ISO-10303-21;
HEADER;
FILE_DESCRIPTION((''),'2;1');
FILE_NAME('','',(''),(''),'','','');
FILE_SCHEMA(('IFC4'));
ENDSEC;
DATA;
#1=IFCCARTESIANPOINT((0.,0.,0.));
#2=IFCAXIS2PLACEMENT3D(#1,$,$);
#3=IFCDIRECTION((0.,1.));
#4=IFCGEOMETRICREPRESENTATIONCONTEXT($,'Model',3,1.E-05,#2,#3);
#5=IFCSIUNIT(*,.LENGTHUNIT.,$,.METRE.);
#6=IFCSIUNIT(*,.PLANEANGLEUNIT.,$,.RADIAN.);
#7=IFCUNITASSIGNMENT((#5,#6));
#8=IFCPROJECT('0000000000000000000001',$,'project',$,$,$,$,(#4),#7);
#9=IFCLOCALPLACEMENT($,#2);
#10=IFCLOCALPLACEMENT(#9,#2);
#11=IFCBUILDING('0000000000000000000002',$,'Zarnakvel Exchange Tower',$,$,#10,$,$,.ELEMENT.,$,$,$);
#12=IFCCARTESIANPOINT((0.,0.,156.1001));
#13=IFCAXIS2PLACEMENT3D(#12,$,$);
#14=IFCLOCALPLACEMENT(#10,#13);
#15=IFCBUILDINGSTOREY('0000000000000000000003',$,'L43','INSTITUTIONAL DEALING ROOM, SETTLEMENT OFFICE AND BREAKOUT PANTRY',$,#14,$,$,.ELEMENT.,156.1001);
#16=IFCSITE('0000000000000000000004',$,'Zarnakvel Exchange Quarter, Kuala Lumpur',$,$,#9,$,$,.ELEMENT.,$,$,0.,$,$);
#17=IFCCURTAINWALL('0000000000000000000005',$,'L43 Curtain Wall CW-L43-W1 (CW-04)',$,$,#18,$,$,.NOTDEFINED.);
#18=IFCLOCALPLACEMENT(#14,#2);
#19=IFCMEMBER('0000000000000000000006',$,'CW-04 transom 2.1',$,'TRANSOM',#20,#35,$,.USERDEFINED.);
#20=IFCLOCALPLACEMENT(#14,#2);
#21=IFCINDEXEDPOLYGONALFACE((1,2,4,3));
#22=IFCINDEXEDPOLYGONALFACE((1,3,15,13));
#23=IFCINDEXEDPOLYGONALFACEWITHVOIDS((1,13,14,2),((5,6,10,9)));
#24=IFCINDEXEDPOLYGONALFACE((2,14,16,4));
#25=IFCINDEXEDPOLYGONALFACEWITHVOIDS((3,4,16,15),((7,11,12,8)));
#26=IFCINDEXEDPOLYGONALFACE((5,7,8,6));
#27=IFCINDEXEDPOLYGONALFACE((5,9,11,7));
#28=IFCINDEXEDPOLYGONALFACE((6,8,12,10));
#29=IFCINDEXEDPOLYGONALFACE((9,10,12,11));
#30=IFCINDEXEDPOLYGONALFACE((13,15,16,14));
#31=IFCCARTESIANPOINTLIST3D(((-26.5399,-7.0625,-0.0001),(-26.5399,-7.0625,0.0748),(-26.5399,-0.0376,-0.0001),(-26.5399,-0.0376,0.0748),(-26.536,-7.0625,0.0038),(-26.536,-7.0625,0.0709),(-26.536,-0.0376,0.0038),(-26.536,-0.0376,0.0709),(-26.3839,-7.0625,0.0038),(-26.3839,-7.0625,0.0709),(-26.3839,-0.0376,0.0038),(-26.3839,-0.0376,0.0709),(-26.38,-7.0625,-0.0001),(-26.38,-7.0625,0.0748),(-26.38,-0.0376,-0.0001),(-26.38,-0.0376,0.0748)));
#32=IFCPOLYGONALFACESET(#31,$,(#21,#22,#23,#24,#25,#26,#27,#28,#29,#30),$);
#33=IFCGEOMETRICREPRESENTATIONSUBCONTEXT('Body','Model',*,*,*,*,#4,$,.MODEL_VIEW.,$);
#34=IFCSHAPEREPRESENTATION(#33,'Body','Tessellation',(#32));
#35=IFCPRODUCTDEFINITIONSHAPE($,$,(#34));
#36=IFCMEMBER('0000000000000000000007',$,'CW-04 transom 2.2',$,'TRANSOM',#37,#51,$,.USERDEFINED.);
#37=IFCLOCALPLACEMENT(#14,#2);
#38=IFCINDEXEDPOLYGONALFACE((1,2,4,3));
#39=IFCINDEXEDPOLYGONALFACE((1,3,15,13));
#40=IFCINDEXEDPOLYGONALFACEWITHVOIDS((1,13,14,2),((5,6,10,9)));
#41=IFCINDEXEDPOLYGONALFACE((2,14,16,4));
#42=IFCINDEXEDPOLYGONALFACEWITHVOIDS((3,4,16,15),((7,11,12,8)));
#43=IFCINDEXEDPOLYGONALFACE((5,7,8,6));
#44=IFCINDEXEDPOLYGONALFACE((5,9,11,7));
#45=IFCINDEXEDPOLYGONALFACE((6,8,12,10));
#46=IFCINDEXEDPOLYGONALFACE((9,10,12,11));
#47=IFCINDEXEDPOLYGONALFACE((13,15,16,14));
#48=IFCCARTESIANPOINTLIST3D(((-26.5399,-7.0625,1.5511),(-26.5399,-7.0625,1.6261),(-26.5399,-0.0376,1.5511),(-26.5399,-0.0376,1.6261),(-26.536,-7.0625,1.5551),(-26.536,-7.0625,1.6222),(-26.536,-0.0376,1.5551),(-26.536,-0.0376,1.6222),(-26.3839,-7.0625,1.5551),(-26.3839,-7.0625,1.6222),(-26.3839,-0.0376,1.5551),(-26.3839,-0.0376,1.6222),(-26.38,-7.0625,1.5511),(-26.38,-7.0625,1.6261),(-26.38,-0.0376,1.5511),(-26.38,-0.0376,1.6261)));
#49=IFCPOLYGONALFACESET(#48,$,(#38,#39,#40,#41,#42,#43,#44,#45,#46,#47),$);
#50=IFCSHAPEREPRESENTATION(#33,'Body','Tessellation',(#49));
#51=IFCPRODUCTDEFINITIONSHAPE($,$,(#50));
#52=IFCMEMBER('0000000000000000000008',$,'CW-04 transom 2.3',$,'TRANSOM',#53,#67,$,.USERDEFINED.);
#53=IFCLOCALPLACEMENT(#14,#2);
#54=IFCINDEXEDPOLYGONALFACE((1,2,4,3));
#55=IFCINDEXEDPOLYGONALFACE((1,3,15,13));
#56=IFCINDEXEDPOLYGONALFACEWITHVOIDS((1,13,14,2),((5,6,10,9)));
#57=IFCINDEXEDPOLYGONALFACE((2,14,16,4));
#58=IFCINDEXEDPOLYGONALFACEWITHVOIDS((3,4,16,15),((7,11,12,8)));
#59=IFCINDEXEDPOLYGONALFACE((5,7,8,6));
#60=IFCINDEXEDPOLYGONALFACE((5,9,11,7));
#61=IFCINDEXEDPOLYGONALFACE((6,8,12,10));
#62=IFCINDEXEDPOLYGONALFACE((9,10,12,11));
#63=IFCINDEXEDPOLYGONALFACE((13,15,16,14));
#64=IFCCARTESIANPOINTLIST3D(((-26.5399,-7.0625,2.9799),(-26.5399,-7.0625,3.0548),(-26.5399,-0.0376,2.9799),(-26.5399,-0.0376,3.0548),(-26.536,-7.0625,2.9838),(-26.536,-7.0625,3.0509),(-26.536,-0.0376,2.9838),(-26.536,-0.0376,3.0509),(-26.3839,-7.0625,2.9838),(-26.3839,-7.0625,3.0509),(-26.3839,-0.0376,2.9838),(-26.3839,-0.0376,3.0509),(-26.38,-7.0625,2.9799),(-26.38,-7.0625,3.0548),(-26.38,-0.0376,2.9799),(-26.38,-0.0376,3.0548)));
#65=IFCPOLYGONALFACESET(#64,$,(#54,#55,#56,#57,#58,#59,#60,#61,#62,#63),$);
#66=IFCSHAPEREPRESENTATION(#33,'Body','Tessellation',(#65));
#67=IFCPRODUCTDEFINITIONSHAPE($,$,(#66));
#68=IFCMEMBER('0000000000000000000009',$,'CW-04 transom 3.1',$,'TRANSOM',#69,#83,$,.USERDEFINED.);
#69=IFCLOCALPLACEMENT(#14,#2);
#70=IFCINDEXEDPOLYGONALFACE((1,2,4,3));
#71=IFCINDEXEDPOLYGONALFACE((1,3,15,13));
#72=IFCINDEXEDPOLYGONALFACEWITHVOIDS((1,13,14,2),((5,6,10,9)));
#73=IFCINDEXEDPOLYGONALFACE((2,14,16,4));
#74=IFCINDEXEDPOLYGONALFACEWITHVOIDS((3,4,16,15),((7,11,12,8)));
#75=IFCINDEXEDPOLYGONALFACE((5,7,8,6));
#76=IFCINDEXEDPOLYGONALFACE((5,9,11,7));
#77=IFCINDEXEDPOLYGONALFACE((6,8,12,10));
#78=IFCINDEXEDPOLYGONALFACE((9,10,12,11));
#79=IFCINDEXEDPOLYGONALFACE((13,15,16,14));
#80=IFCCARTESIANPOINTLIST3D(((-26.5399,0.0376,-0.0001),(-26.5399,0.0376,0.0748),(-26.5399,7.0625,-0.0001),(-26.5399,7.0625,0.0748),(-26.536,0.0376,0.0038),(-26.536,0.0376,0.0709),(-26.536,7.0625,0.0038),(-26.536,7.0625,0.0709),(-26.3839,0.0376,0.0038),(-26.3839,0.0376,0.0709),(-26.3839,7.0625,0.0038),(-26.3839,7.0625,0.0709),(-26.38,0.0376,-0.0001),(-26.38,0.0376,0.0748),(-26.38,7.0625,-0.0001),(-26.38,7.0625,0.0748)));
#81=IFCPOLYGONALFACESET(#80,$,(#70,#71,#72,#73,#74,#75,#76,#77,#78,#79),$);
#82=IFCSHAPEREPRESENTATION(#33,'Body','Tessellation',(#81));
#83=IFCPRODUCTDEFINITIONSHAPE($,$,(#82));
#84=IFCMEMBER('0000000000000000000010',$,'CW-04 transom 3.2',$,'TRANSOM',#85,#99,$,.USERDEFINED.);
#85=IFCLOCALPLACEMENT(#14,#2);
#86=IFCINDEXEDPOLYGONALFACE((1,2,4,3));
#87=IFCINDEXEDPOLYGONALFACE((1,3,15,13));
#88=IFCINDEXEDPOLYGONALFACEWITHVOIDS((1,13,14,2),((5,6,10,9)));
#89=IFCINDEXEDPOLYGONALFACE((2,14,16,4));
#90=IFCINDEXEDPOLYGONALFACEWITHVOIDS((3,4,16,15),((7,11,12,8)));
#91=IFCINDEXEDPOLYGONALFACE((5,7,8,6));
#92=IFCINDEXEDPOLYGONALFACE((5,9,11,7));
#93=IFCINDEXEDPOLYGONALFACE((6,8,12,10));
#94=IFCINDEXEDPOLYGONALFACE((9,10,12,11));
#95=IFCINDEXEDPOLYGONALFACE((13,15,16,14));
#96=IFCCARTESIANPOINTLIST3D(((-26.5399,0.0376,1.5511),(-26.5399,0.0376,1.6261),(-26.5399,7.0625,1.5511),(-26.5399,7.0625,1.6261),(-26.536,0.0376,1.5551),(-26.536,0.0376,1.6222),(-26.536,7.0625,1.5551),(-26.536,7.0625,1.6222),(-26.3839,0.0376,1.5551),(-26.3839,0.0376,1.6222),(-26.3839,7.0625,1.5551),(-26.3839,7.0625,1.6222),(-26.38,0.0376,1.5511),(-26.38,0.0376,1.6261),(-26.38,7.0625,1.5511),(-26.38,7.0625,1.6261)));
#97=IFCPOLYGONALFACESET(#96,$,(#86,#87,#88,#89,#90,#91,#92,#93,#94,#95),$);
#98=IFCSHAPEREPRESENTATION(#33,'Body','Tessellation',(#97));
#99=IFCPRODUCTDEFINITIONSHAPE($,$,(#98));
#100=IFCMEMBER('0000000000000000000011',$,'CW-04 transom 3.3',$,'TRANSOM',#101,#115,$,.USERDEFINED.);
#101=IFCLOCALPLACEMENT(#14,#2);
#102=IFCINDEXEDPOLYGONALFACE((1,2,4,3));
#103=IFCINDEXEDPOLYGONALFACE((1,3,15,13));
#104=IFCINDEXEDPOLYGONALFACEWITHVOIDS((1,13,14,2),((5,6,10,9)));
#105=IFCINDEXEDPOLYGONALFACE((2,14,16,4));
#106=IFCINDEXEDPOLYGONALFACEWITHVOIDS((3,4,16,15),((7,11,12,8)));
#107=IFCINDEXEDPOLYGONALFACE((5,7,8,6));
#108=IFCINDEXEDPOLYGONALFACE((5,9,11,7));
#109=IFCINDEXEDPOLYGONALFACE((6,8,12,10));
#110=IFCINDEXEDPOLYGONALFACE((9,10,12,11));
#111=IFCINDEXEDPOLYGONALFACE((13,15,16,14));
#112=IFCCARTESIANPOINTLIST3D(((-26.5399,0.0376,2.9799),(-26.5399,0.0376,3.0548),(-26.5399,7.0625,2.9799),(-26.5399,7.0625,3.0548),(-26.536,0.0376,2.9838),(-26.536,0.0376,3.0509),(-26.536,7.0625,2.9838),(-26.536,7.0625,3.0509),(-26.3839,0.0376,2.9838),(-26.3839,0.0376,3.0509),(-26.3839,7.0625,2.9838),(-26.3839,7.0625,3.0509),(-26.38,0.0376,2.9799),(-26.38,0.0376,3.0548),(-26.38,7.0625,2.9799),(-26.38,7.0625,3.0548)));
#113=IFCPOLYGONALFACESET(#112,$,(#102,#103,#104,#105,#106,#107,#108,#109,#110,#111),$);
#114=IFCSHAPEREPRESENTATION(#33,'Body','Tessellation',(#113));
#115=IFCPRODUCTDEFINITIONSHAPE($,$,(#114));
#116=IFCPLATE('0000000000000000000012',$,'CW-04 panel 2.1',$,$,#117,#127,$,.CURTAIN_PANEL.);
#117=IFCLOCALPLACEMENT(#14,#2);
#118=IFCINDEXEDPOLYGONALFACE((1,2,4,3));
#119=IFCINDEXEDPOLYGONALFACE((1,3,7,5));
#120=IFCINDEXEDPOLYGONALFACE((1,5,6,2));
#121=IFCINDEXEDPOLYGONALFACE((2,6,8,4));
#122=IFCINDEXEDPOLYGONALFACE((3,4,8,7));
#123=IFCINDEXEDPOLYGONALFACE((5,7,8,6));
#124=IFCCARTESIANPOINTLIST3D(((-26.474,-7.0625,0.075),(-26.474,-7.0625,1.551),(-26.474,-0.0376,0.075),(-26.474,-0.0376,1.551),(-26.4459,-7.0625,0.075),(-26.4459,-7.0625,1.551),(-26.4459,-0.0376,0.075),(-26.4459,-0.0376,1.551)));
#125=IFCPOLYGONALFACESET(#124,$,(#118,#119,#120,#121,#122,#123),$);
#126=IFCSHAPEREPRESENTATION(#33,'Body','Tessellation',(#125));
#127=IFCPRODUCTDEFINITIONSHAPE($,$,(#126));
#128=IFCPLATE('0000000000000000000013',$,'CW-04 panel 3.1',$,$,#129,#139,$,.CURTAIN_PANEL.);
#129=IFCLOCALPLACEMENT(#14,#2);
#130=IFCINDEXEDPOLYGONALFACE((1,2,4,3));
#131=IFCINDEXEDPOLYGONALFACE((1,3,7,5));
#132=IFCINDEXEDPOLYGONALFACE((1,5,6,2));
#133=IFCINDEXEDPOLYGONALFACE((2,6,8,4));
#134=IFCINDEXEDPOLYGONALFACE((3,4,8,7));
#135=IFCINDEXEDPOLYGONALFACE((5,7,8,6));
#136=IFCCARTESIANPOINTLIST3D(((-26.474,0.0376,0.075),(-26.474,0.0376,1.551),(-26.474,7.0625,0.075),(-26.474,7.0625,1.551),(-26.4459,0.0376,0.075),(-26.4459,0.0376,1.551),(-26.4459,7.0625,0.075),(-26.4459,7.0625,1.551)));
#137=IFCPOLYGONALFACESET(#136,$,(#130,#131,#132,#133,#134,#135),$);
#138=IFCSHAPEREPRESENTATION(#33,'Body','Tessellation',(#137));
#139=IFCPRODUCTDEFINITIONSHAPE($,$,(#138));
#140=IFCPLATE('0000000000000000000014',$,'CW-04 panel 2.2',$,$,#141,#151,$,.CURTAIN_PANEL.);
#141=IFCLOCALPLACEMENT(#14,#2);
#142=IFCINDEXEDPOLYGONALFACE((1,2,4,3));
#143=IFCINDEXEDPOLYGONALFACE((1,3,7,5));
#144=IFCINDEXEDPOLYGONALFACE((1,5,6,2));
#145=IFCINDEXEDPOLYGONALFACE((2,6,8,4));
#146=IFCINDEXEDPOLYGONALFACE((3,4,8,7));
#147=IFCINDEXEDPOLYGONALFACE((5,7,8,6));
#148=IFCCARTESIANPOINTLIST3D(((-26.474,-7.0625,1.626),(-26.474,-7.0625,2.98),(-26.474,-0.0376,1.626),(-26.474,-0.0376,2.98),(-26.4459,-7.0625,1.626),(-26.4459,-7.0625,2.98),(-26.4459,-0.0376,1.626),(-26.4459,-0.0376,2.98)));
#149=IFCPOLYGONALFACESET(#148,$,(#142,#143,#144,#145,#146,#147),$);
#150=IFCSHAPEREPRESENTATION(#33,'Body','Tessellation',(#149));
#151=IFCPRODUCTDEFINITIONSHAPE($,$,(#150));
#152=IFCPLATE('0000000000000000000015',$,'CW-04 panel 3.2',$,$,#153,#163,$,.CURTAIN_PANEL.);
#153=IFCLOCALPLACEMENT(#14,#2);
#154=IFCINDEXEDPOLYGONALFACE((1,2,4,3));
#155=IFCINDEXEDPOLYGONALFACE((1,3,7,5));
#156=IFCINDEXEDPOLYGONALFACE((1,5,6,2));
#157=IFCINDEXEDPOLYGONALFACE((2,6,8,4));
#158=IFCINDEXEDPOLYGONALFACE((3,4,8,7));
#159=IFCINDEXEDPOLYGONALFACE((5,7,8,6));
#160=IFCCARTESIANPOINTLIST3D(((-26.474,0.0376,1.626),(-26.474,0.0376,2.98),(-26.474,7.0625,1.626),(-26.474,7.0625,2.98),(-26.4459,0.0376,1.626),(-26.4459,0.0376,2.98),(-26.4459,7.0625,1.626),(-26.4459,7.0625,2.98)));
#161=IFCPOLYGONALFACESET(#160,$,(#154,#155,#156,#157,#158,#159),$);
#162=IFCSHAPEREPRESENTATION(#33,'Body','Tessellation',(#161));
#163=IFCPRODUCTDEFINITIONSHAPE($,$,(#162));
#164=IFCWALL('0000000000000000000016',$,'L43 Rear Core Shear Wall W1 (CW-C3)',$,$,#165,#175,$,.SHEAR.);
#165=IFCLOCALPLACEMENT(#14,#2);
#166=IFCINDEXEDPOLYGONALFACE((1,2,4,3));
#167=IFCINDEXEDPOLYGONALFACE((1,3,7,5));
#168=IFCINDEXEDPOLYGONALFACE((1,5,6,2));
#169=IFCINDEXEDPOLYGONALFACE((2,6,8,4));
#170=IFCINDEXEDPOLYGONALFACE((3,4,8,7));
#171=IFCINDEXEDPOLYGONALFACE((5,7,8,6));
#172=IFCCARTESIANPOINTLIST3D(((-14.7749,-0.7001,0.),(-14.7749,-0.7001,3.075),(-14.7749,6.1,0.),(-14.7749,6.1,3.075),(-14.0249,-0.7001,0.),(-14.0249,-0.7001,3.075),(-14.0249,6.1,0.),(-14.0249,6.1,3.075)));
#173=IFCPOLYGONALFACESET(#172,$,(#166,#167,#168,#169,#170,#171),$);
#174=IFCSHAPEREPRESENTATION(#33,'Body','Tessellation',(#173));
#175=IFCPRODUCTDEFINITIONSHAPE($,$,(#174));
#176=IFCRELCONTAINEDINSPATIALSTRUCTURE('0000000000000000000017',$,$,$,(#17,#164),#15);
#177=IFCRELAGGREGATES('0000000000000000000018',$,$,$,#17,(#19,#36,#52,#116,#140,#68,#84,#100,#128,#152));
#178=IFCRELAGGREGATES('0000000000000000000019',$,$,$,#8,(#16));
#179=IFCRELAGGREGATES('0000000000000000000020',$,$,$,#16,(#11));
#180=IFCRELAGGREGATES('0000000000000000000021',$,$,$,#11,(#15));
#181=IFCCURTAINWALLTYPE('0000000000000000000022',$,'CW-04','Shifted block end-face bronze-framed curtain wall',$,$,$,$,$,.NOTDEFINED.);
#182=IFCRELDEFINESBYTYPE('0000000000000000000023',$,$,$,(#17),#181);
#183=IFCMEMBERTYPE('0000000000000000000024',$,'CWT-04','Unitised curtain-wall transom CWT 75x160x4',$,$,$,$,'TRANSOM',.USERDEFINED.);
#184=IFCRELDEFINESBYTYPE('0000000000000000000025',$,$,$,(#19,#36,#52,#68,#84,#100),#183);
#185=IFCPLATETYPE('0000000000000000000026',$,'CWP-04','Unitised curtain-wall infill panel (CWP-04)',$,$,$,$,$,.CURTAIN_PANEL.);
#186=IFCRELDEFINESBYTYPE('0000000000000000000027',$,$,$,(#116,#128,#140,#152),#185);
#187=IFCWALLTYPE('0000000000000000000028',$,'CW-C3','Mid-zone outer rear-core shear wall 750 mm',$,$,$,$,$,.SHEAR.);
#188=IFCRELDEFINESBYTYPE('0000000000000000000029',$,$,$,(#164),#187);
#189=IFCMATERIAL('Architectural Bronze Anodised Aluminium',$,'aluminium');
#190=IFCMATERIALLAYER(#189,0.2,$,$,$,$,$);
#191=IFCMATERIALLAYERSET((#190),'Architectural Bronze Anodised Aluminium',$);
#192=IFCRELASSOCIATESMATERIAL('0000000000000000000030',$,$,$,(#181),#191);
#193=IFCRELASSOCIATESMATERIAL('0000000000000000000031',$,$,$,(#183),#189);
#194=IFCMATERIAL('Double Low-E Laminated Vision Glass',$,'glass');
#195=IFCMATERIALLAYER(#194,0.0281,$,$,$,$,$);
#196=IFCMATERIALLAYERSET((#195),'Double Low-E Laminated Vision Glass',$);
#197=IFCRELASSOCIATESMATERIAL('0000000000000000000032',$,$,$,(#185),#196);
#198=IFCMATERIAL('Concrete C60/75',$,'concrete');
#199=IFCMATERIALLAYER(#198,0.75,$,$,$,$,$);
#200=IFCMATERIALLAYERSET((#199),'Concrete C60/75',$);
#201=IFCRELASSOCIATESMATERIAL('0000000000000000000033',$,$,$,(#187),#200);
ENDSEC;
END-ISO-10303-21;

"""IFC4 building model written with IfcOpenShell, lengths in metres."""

from ifc_helpers import new_model, si_unit, direction, frame, frame_2d, origin, origin_2d, place, context, subcontext, project, spatial, rectangle, hollow_rectangle, extrude, source, transform, mapped, material, layer, layer_set, material_profile, profile_set, type_object, element, aggregate, save


model = new_model("IFC4")

# Units and contexts
model_context = context("Model", 3, precision=1e-05, world=origin(), true_north=direction((0.0, 1.0)))
body_context = subcontext(model_context, "Body", "Model", "MODEL_VIEW")
ifc_project = project(units=[si_unit("LENGTHUNIT", "METRE"), si_unit("PLANEANGLEUNIT", "RADIAN")], contexts=[model_context])

# Site, building, storey
site_placement = place(None, origin())
site = spatial("IfcSite", under=ifc_project, at=site_placement, Name="Zarnakvel Exchange Quarter, Kuala Lumpur", CompositionType="ELEMENT", RefElevation=0.0)
building_placement = place(site_placement, origin())
building = spatial("IfcBuilding", under=site, at=building_placement, Name="Zarnakvel Exchange Tower", CompositionType="ELEMENT")
storey_placement = place(building_placement, frame((0.0, 0.0, 156.1001)))
storey = spatial("IfcBuildingStorey", under=building, at=storey_placement, Name="L43", Description="INSTITUTIONAL DEALING ROOM, SETTLEMENT OFFICE AND BREAKOUT PANTRY", CompositionType="ELEMENT", Elevation=156.1001)

# Shared definitions
ifc_material_1 = material(Name="Concrete C60/75", Category="concrete")

# Curtain wall, members, plates
ifc_material_2 = material(Name="Architectural Bronze Anodised Aluminium", Category="aluminium")
ifc_layer_1 = layer(ifc_material_2, 0.2)
ifc_layer_set_1 = layer_set([ifc_layer_1], Name="Architectural Bronze Anodised Aluminium")
curtain_wall_type = type_object("IfcCurtainWallType", Name="CW-04", Description="Shifted block end-face bronze-framed curtain wall", PredefinedType="NOTDEFINED", material=ifc_layer_set_1)
curtain_wall_placement = place(storey_placement, origin())
curtain_wall = element("IfcCurtainWall", 1, at=curtain_wall_placement, inside=storey, type_object=curtain_wall_type, Name="L43 Curtain Wall CW-L43-W1 (CW-04)", PredefinedType="NOTDEFINED")
ifc_material_profile_1 = material_profile(ifc_material_2, hollow_rectangle(XDim=0.1599, YDim=0.075, WallThickness=0.0039, at=origin_2d()))
ifc_profile_set_1 = profile_set([ifc_material_profile_1], Name="Architectural Bronze Anodised Aluminium")
member_type_1 = type_object("IfcMemberType", Name="CWT-04", Description="Unitised curtain-wall transom CWT 75x160x4", ElementType="TRANSOM", PredefinedType="USERDEFINED", material=ifc_profile_set_1)
shared_shape_1 = source(origin(), body_context, "Body", "SweptSolid", [
    extrude(hollow_rectangle(XDim=0.1599, YDim=0.075, WallThickness=0.0039, at=origin_2d()), origin(), (0.0, 0.0, 1.0), 7.0249),
])
member_1_placement = place(storey_placement, frame((-26.46, -7.0625, 0.0374), z_axis=(0.0, 1.0, 0.0), x_axis=(-1.0, 0.0, 0.0)))
member_1 = element("IfcMember", 2, at=member_1_placement, type_object=member_type_1, Name="CW-04 transom 2.1", ObjectType="TRANSOM", PredefinedType="USERDEFINED", context=body_context, shape_type="MappedRepresentation", body=[
    mapped(shared_shape_1, transform((0.0, 0.0, 0.0), x_axis=(1.0, 0.0, 0.0), y_axis=(0.0, 1.0, 0.0), z_axis=(0.0, 0.0, 1.0), scale=1.0)),
])
member_2_placement = place(storey_placement, frame((-26.46, -7.0625, 1.5886), z_axis=(0.0, 1.0, 0.0), x_axis=(-1.0, 0.0, 0.0)))
member_2 = element("IfcMember", 3, at=member_2_placement, type_object=member_type_1, Name="CW-04 transom 2.2", ObjectType="TRANSOM", PredefinedType="USERDEFINED", context=body_context, shape_type="MappedRepresentation", body=[
    mapped(shared_shape_1, transform((0.0, 0.0, 0.0), x_axis=(1.0, 0.0, 0.0), y_axis=(0.0, 1.0, 0.0), z_axis=(0.0, 0.0, 1.0), scale=1.0)),
])
member_3_placement = place(storey_placement, frame((-26.46, -7.0625, 3.0173), z_axis=(0.0, 1.0, 0.0), x_axis=(-1.0, 0.0, 0.0)))
member_3 = element("IfcMember", 4, at=member_3_placement, type_object=member_type_1, Name="CW-04 transom 2.3", ObjectType="TRANSOM", PredefinedType="USERDEFINED", context=body_context, shape_type="MappedRepresentation", body=[
    mapped(shared_shape_1, transform((0.0, 0.0, 0.0), x_axis=(1.0, 0.0, 0.0), y_axis=(0.0, 1.0, 0.0), z_axis=(0.0, 0.0, 1.0), scale=1.0)),
])
member_4_placement = place(storey_placement, frame((-26.46, 0.0376, 0.0374), z_axis=(0.0, 1.0, 0.0), x_axis=(-1.0, 0.0, 0.0)))
member_4 = element("IfcMember", 5, at=member_4_placement, type_object=member_type_1, Name="CW-04 transom 3.1", ObjectType="TRANSOM", PredefinedType="USERDEFINED", context=body_context, shape_type="MappedRepresentation", body=[
    mapped(shared_shape_1, transform((0.0, 0.0, 0.0), x_axis=(1.0, 0.0, 0.0), y_axis=(0.0, 1.0, 0.0), z_axis=(0.0, 0.0, 1.0), scale=1.0)),
])
member_5_placement = place(storey_placement, frame((-26.46, 0.0376, 1.5886), z_axis=(0.0, 1.0, 0.0), x_axis=(-1.0, 0.0, 0.0)))
member_5 = element("IfcMember", 6, at=member_5_placement, type_object=member_type_1, Name="CW-04 transom 3.2", ObjectType="TRANSOM", PredefinedType="USERDEFINED", context=body_context, shape_type="MappedRepresentation", body=[
    mapped(shared_shape_1, transform((0.0, 0.0, 0.0), x_axis=(1.0, 0.0, 0.0), y_axis=(0.0, 1.0, 0.0), z_axis=(0.0, 0.0, 1.0), scale=1.0)),
])
member_6_placement = place(storey_placement, frame((-26.46, 0.0376, 3.0173), z_axis=(0.0, 1.0, 0.0), x_axis=(-1.0, 0.0, 0.0)))
member_6 = element("IfcMember", 7, at=member_6_placement, type_object=member_type_1, Name="CW-04 transom 3.3", ObjectType="TRANSOM", PredefinedType="USERDEFINED", context=body_context, shape_type="MappedRepresentation", body=[
    mapped(shared_shape_1, transform((0.0, 0.0, 0.0), x_axis=(1.0, 0.0, 0.0), y_axis=(0.0, 1.0, 0.0), z_axis=(0.0, 0.0, 1.0), scale=1.0)),
])
ifc_material_3 = material(Name="Double Low-E Laminated Vision Glass", Category="glass")
ifc_layer_2 = layer(ifc_material_3, 0.0281)
ifc_layer_set_2 = layer_set([ifc_layer_2], Name="Double Low-E Laminated Vision Glass")
plate_type = type_object("IfcPlateType", Name="CWP-04", Description="Unitised curtain-wall infill panel (CWP-04)", PredefinedType="CURTAIN_PANEL", material=ifc_layer_set_2)
shared_shape_2 = source(origin(), body_context, "Body", "SweptSolid", [
    extrude(rectangle(XDim=7.0249, YDim=0.0281, at=origin_2d()), origin(), (0.0, 0.0, 1.0), 1.4761),
])
plate_1_placement = place(storey_placement, frame((-26.46, -3.55, 0.075), z_axis=(0.0, 0.0, 1.0), x_axis=(0.0, 1.0, 0.0)))
plate_1 = element("IfcPlate", 8, at=plate_1_placement, type_object=plate_type, Name="CW-04 panel 2.1", PredefinedType="CURTAIN_PANEL", context=body_context, shape_type="MappedRepresentation", body=[
    mapped(shared_shape_2, transform((0.0, 0.0, 0.0), x_axis=(1.0, 0.0, 0.0), y_axis=(0.0, 1.0, 0.0), z_axis=(0.0, 0.0, 1.0), scale=1.0)),
])
plate_2_placement = place(storey_placement, frame((-26.46, 3.55, 0.075), z_axis=(0.0, 0.0, 1.0), x_axis=(0.0, 1.0, 0.0)))
plate_2 = element("IfcPlate", 9, at=plate_2_placement, type_object=plate_type, Name="CW-04 panel 3.1", PredefinedType="CURTAIN_PANEL", context=body_context, shape_type="MappedRepresentation", body=[
    mapped(shared_shape_2, transform((0.0, 0.0, 0.0), x_axis=(1.0, 0.0, 0.0), y_axis=(0.0, 1.0, 0.0), z_axis=(0.0, 0.0, 1.0), scale=1.0)),
])
shared_shape_3 = source(origin(), body_context, "Body", "SweptSolid", [
    extrude(rectangle(XDim=7.0249, YDim=0.0281, at=origin_2d()), origin(), (0.0, 0.0, 1.0), 1.354),
])
plate_3_placement = place(storey_placement, frame((-26.46, -3.55, 1.626), z_axis=(0.0, 0.0, 1.0), x_axis=(0.0, 1.0, 0.0)))
plate_3 = element("IfcPlate", 10, at=plate_3_placement, type_object=plate_type, Name="CW-04 panel 2.2", PredefinedType="CURTAIN_PANEL", context=body_context, shape_type="MappedRepresentation", body=[
    mapped(shared_shape_3, transform((0.0, 0.0, 0.0), x_axis=(1.0, 0.0, 0.0), y_axis=(0.0, 1.0, 0.0), z_axis=(0.0, 0.0, 1.0), scale=1.0)),
])
plate_4_placement = place(storey_placement, frame((-26.46, 3.55, 1.626), z_axis=(0.0, 0.0, 1.0), x_axis=(0.0, 1.0, 0.0)))
plate_4 = element("IfcPlate", 11, at=plate_4_placement, type_object=plate_type, Name="CW-04 panel 3.2", PredefinedType="CURTAIN_PANEL", context=body_context, shape_type="MappedRepresentation", body=[
    mapped(shared_shape_3, transform((0.0, 0.0, 0.0), x_axis=(1.0, 0.0, 0.0), y_axis=(0.0, 1.0, 0.0), z_axis=(0.0, 0.0, 1.0), scale=1.0)),
])
aggregate(curtain_wall, [member_1, member_2, member_3, plate_1, plate_3, member_4, member_5, member_6, plate_2, plate_4])

# Wall
ifc_layer_3 = layer(ifc_material_1, 0.75)
ifc_layer_set_3 = layer_set([ifc_layer_3], Name="Concrete C60/75")
wall_type_1 = type_object("IfcWallType", Name="CW-C3", Description="Mid-zone outer rear-core shear wall 750 mm", PredefinedType="SHEAR", material=ifc_layer_set_3)
wall_1_placement = place(storey_placement, frame((-14.3999, -0.7, 0.0), z_axis=(0.0, 0.0, 1.0), x_axis=(0.0, 1.0, 0.0)))
element("IfcWall", 12, at=wall_1_placement, inside=storey, type_object=wall_type_1, Name="L43 Rear Core Shear Wall W1 (CW-C3)", PredefinedType="SHEAR", context=body_context, shape_type="SweptSolid", body=[
    extrude(rectangle(XDim=6.8, YDim=0.75, at=frame_2d((3.3999, 0.0))), origin(), (0.0, 0.0, 1.0), 3.075),
])

save(model, "model.ifc")
